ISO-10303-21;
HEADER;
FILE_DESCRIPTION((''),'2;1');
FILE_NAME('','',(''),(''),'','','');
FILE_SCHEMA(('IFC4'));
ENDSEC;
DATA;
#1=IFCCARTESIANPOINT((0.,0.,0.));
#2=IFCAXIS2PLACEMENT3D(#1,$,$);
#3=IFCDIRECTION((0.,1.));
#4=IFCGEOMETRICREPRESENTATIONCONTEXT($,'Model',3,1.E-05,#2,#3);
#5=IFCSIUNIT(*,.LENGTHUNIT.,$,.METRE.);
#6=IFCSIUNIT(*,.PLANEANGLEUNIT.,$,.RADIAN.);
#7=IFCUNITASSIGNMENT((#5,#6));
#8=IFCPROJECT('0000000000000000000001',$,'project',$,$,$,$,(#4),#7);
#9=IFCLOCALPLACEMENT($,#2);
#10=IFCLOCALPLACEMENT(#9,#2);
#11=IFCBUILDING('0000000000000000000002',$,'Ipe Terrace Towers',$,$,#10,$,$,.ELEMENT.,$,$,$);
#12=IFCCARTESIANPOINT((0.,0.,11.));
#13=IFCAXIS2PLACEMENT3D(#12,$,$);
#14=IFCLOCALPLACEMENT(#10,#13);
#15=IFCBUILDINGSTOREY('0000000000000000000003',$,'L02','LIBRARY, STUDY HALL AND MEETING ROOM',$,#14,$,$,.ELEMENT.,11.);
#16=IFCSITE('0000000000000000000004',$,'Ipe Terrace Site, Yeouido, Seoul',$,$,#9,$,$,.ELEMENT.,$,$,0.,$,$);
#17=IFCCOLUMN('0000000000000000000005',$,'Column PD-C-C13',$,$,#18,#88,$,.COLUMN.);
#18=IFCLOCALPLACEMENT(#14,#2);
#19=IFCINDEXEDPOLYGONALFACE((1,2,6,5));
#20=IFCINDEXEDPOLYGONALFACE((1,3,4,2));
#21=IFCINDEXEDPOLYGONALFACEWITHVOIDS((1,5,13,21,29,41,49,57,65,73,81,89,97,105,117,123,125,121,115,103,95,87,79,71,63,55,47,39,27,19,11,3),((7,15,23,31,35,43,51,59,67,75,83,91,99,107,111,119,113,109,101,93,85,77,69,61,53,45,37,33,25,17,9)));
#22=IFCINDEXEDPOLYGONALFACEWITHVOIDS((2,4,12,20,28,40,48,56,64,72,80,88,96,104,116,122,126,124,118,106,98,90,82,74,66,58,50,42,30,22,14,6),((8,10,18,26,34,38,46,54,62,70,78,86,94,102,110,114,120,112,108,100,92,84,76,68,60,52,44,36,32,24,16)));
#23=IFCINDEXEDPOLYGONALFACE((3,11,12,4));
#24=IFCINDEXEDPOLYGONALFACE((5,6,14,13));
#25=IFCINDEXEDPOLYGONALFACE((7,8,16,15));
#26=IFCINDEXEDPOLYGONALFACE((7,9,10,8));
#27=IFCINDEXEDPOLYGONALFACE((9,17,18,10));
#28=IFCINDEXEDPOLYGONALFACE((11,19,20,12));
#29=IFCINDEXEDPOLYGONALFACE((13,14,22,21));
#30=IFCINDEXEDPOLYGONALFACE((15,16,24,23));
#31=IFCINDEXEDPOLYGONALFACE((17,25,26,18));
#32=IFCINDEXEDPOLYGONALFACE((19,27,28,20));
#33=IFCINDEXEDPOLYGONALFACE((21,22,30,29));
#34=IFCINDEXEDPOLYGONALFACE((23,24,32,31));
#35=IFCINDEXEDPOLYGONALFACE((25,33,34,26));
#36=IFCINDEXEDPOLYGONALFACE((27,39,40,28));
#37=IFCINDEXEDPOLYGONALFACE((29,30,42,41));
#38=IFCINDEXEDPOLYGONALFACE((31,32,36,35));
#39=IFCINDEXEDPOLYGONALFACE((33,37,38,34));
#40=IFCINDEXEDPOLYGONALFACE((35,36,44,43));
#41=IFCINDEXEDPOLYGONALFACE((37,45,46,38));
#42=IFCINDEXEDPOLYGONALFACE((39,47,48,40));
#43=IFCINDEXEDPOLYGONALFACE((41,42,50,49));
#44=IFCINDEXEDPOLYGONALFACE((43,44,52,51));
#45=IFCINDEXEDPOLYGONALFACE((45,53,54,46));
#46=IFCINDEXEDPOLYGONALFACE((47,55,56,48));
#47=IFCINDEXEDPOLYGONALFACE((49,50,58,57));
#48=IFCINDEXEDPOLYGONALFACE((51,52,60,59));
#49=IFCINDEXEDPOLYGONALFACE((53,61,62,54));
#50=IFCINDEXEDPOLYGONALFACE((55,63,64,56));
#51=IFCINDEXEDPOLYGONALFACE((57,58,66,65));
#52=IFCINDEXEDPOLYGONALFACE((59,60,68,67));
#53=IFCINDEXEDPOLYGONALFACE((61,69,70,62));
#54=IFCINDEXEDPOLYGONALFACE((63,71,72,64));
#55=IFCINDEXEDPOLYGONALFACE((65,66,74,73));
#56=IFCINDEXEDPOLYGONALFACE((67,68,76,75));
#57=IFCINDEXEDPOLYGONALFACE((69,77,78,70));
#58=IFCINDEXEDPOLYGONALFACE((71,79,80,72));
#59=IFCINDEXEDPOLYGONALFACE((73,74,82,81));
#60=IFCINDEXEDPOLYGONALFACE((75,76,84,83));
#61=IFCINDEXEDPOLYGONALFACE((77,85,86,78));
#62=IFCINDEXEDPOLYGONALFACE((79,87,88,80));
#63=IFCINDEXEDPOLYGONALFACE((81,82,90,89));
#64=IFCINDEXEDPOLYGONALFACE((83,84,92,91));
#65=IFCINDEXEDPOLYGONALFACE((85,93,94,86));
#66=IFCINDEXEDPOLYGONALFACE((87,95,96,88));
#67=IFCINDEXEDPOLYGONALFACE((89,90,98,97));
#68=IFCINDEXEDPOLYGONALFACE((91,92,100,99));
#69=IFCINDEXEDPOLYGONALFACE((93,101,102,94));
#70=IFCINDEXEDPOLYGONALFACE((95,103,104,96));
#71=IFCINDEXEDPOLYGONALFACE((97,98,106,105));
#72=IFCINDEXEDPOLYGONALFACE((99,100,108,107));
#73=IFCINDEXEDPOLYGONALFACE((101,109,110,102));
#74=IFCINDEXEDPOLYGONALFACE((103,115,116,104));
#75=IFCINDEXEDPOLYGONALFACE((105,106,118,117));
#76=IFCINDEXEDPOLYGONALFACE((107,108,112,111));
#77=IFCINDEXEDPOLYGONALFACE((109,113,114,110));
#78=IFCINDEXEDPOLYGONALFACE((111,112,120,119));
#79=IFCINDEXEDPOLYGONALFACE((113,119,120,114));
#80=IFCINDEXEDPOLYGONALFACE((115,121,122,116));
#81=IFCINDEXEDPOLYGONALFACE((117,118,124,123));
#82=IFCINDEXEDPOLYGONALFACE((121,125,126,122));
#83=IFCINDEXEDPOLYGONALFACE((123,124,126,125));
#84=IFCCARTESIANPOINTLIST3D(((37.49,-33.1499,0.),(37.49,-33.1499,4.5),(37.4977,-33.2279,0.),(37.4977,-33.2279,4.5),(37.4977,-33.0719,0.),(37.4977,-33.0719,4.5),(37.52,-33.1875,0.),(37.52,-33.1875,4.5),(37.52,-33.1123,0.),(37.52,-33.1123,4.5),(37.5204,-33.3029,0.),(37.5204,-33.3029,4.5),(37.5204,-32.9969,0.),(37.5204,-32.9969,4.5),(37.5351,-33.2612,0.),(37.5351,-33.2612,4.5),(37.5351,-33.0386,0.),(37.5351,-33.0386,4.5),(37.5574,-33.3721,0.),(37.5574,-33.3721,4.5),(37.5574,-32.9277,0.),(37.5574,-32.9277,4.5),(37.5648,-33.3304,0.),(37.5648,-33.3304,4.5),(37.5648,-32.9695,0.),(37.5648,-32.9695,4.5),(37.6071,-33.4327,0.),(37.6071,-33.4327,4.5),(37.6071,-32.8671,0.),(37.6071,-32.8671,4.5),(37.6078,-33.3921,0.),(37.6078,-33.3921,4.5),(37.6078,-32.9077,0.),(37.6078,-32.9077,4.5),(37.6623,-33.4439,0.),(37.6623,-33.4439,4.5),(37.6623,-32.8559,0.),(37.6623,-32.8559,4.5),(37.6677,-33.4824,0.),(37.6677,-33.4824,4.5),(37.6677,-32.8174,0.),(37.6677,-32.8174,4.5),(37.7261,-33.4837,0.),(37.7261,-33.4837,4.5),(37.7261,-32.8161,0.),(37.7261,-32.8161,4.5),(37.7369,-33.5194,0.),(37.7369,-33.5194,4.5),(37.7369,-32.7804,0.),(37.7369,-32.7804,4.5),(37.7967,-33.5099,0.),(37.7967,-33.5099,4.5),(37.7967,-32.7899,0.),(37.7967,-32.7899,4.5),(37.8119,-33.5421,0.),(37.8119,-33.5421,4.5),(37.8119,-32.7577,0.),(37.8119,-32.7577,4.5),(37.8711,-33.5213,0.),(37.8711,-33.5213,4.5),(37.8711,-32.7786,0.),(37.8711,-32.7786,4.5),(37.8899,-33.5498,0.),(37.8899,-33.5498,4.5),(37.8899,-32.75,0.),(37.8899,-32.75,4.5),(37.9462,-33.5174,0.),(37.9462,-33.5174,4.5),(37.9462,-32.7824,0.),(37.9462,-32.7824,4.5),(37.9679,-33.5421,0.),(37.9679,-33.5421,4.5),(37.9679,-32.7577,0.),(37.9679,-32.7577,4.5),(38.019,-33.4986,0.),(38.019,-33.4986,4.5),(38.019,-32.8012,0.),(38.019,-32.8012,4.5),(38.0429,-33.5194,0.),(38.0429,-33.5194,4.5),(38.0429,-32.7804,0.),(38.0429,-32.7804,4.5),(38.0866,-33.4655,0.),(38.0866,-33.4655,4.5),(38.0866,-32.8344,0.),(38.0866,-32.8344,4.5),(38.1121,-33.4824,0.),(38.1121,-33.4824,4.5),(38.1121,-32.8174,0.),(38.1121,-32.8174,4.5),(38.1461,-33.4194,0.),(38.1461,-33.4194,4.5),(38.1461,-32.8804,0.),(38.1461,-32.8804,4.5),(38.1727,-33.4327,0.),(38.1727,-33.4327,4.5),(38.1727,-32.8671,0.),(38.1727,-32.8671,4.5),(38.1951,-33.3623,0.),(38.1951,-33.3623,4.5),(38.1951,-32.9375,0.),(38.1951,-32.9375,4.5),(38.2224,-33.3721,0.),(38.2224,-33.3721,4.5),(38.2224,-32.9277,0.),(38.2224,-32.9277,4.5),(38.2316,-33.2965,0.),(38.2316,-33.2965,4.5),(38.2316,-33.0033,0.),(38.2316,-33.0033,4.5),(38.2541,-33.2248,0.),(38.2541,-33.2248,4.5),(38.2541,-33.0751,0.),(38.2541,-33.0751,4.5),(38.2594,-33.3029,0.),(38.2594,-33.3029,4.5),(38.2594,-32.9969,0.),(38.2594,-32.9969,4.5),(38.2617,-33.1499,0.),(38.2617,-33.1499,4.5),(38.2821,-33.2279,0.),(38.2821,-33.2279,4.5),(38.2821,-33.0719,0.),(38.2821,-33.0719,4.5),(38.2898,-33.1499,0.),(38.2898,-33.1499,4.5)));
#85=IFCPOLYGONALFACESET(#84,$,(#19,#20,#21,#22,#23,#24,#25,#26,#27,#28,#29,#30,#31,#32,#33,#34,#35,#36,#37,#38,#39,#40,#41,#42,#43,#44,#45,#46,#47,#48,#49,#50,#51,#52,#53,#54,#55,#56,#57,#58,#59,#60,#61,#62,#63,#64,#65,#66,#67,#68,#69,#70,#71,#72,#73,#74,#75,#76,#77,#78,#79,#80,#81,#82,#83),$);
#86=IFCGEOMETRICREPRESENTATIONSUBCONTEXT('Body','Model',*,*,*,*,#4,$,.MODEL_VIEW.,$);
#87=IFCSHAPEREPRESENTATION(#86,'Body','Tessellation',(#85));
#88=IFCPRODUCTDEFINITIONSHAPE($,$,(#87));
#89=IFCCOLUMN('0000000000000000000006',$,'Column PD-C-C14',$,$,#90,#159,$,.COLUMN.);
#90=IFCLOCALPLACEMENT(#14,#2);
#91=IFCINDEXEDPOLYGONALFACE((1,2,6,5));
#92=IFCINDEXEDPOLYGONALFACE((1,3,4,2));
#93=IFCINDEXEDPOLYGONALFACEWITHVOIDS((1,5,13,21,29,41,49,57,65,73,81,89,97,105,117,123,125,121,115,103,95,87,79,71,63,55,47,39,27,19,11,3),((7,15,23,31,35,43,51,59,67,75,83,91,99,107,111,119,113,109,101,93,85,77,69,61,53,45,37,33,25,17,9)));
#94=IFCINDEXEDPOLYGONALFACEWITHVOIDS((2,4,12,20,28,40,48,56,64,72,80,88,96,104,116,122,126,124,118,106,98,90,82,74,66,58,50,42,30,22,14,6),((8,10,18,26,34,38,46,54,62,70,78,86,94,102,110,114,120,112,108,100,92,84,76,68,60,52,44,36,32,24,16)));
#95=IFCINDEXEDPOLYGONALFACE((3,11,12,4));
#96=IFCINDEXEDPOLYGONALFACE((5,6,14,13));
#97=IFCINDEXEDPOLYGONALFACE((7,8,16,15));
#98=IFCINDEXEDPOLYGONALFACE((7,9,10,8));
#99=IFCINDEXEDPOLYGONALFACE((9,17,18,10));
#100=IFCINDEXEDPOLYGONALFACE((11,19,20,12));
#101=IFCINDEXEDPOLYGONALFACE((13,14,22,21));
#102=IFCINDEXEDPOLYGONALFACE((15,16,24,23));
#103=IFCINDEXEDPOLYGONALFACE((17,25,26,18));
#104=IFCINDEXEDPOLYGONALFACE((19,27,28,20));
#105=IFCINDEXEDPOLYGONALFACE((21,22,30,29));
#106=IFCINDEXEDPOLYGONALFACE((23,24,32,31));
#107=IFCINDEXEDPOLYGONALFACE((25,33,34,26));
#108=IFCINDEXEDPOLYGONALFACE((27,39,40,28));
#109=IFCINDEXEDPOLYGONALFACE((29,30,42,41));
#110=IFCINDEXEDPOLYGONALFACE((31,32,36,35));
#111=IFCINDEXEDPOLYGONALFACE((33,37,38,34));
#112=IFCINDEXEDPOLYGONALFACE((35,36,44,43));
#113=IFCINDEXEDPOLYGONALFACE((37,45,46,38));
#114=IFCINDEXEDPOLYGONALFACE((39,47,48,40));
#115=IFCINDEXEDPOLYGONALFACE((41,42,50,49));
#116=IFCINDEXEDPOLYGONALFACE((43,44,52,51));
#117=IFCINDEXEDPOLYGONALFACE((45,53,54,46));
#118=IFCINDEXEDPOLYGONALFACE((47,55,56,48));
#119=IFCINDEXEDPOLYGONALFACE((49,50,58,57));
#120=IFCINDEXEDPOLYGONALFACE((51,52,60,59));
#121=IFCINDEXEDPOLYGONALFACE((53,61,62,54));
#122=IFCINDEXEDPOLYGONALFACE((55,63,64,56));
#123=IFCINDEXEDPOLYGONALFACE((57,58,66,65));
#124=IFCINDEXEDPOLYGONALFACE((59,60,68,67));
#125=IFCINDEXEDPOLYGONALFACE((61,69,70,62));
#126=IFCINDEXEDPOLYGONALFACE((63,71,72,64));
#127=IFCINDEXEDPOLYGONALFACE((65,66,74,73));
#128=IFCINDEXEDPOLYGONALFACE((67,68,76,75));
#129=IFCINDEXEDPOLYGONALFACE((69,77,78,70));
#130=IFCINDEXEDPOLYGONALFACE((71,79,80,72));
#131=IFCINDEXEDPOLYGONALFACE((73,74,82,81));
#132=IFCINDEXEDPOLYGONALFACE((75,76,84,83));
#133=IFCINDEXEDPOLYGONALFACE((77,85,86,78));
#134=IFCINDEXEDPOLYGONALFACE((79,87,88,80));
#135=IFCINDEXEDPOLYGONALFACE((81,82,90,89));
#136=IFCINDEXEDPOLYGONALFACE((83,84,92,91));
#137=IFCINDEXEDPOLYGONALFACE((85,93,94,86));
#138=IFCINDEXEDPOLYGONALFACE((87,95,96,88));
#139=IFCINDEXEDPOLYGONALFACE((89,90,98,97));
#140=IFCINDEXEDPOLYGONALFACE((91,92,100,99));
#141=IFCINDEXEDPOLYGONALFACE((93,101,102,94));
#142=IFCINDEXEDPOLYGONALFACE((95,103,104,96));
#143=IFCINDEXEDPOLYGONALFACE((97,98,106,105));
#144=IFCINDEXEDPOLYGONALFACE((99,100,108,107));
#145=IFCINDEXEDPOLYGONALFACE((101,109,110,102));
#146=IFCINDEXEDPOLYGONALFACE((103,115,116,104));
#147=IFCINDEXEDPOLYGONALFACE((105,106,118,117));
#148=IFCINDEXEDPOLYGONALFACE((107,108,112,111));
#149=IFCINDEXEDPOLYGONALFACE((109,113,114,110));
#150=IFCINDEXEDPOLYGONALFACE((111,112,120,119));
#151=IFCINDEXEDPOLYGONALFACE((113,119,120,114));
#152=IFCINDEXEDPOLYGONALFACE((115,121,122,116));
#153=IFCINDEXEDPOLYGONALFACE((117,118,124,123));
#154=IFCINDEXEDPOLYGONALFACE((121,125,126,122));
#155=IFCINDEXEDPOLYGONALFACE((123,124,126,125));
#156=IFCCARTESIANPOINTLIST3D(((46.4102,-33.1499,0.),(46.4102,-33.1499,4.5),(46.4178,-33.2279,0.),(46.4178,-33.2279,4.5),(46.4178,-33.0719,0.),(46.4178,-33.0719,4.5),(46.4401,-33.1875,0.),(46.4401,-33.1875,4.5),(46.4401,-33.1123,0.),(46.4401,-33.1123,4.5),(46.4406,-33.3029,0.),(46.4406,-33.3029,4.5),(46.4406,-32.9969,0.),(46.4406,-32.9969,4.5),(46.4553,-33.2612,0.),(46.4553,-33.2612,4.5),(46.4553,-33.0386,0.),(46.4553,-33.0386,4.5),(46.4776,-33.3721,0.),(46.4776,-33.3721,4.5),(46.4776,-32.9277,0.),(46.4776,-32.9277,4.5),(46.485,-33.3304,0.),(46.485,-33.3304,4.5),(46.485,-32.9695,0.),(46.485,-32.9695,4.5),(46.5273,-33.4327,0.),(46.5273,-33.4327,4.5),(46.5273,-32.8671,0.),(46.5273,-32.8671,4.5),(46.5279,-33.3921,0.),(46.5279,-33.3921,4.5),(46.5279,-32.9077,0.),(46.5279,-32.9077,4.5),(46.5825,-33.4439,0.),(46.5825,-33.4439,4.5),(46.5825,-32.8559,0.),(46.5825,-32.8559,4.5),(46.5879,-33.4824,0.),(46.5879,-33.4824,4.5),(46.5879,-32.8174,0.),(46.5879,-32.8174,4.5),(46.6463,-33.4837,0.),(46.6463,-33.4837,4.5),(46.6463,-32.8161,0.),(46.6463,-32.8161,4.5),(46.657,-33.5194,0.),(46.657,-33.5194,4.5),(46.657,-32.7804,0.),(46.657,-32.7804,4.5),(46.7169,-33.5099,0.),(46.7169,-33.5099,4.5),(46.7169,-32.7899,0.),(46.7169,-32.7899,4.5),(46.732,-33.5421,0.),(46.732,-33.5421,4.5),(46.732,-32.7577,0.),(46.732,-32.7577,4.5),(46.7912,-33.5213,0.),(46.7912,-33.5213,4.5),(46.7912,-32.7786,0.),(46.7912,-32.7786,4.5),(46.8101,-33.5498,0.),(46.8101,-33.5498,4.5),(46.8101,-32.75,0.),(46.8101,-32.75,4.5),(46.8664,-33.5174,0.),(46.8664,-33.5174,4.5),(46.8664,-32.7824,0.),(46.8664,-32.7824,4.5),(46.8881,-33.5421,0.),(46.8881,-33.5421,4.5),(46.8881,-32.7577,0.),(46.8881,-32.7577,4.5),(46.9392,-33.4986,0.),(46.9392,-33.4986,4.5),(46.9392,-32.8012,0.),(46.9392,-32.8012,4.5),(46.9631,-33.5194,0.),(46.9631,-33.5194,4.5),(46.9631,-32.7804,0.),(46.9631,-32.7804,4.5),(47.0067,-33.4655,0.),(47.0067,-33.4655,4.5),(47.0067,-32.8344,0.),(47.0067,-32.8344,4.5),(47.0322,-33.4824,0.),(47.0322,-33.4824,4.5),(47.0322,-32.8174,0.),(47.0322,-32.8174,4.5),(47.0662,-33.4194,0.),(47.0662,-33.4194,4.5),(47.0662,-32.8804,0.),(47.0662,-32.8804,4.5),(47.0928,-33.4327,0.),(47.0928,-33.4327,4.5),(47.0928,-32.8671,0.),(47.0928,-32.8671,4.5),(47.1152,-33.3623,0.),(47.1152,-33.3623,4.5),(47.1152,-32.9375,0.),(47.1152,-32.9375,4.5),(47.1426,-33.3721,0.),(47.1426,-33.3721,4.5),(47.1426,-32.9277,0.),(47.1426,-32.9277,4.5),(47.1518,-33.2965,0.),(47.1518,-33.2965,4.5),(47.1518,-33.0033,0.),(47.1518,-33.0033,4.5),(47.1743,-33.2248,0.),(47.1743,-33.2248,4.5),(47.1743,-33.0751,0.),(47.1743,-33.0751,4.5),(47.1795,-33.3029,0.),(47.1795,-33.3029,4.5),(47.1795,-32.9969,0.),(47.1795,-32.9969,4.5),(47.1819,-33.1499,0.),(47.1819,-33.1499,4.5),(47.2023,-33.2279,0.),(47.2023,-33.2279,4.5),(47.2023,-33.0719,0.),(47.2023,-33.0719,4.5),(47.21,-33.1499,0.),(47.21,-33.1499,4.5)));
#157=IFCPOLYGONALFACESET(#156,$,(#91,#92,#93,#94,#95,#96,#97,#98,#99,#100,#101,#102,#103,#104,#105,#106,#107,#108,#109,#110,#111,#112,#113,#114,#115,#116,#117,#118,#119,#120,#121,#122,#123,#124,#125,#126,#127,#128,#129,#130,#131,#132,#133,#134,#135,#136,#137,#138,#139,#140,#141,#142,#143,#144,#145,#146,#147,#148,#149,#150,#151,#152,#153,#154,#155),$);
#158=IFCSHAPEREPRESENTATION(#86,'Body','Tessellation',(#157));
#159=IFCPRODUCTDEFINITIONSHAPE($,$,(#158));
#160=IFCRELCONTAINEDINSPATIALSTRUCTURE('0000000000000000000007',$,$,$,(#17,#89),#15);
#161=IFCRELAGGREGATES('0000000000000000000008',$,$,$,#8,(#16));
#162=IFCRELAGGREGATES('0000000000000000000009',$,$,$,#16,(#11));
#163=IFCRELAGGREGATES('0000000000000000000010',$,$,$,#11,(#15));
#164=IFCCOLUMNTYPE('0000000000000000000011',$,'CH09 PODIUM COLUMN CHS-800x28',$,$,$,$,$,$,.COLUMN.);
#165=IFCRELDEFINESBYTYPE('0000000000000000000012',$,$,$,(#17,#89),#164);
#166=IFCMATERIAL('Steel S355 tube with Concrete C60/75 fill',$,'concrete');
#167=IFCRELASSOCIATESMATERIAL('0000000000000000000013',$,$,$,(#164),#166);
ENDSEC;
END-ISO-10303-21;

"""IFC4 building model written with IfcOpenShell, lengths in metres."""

from ifc_helpers import new_model, si_unit, direction, frame, origin, origin_2d, place, context, subcontext, project, spatial, hollow_circle, extrude, material, material_profile, profile_set, type_object, element, save


model = new_model("IFC4")

# Units and contexts
model_context = context("Model", 3, precision=1e-05, world=origin(), true_north=direction((0.0, 1.0)))
body_context = subcontext(model_context, "Body", "Model", "MODEL_VIEW")
ifc_project = project(units=[si_unit("LENGTHUNIT", "METRE"), si_unit("PLANEANGLEUNIT", "RADIAN")], contexts=[model_context])

# Site, building, storey
site_placement = place(None, origin())
site = spatial("IfcSite", under=ifc_project, at=site_placement, Name="Ipe Terrace Site, Yeouido, Seoul", CompositionType="ELEMENT", RefElevation=0.0)
building_placement = place(site_placement, origin())
building = spatial("IfcBuilding", under=site, at=building_placement, Name="Ipe Terrace Towers", CompositionType="ELEMENT")
storey_placement = place(building_placement, frame((0.0, 0.0, 11.0)))
storey = spatial("IfcBuildingStorey", under=building, at=storey_placement, Name="L02", Description="LIBRARY, STUDY HALL AND MEETING ROOM", CompositionType="ELEMENT", Elevation=11.0)

# Columns
ifc_material_1 = material(Name="Steel S355 tube with Concrete C60/75 fill", Category="concrete")
ifc_material_profile_1 = material_profile(ifc_material_1, hollow_circle(Radius=0.3999, WallThickness=0.0281, at=origin_2d()), Name="CHS-800x28")
ifc_profile_set_1 = profile_set([ifc_material_profile_1], Name="Steel S355 tube with Concrete C60/75 fill")
column_type = type_object("IfcColumnType", Name="CH09 PODIUM COLUMN CHS-800x28", PredefinedType="COLUMN", material=ifc_profile_set_1)
for number, where, z_axis, x_axis, name in (
    (1, (37.8899, -33.1499, 0.0), (0.0, 0.0, 1.0), (1.0, 0.0, 0.0), "Column PD-C-C13"),
    (2, (46.8101, -33.1499, 0.0), (0.0, 0.0, 1.0), (1.0, 0.0, 0.0), "Column PD-C-C14"),
):
    element("IfcColumn", number, at=place(storey_placement, frame(where, z_axis=z_axis, x_axis=x_axis)), inside=storey, type_object=column_type, Name=name, PredefinedType="COLUMN", context=body_context, shape_type="SweptSolid", body=[
        extrude(hollow_circle(Radius=0.3999, WallThickness=0.0281, at=origin_2d()), origin(), (0.0, 0.0, 1.0), 4.5),
    ])

save(model, "model.ifc")
